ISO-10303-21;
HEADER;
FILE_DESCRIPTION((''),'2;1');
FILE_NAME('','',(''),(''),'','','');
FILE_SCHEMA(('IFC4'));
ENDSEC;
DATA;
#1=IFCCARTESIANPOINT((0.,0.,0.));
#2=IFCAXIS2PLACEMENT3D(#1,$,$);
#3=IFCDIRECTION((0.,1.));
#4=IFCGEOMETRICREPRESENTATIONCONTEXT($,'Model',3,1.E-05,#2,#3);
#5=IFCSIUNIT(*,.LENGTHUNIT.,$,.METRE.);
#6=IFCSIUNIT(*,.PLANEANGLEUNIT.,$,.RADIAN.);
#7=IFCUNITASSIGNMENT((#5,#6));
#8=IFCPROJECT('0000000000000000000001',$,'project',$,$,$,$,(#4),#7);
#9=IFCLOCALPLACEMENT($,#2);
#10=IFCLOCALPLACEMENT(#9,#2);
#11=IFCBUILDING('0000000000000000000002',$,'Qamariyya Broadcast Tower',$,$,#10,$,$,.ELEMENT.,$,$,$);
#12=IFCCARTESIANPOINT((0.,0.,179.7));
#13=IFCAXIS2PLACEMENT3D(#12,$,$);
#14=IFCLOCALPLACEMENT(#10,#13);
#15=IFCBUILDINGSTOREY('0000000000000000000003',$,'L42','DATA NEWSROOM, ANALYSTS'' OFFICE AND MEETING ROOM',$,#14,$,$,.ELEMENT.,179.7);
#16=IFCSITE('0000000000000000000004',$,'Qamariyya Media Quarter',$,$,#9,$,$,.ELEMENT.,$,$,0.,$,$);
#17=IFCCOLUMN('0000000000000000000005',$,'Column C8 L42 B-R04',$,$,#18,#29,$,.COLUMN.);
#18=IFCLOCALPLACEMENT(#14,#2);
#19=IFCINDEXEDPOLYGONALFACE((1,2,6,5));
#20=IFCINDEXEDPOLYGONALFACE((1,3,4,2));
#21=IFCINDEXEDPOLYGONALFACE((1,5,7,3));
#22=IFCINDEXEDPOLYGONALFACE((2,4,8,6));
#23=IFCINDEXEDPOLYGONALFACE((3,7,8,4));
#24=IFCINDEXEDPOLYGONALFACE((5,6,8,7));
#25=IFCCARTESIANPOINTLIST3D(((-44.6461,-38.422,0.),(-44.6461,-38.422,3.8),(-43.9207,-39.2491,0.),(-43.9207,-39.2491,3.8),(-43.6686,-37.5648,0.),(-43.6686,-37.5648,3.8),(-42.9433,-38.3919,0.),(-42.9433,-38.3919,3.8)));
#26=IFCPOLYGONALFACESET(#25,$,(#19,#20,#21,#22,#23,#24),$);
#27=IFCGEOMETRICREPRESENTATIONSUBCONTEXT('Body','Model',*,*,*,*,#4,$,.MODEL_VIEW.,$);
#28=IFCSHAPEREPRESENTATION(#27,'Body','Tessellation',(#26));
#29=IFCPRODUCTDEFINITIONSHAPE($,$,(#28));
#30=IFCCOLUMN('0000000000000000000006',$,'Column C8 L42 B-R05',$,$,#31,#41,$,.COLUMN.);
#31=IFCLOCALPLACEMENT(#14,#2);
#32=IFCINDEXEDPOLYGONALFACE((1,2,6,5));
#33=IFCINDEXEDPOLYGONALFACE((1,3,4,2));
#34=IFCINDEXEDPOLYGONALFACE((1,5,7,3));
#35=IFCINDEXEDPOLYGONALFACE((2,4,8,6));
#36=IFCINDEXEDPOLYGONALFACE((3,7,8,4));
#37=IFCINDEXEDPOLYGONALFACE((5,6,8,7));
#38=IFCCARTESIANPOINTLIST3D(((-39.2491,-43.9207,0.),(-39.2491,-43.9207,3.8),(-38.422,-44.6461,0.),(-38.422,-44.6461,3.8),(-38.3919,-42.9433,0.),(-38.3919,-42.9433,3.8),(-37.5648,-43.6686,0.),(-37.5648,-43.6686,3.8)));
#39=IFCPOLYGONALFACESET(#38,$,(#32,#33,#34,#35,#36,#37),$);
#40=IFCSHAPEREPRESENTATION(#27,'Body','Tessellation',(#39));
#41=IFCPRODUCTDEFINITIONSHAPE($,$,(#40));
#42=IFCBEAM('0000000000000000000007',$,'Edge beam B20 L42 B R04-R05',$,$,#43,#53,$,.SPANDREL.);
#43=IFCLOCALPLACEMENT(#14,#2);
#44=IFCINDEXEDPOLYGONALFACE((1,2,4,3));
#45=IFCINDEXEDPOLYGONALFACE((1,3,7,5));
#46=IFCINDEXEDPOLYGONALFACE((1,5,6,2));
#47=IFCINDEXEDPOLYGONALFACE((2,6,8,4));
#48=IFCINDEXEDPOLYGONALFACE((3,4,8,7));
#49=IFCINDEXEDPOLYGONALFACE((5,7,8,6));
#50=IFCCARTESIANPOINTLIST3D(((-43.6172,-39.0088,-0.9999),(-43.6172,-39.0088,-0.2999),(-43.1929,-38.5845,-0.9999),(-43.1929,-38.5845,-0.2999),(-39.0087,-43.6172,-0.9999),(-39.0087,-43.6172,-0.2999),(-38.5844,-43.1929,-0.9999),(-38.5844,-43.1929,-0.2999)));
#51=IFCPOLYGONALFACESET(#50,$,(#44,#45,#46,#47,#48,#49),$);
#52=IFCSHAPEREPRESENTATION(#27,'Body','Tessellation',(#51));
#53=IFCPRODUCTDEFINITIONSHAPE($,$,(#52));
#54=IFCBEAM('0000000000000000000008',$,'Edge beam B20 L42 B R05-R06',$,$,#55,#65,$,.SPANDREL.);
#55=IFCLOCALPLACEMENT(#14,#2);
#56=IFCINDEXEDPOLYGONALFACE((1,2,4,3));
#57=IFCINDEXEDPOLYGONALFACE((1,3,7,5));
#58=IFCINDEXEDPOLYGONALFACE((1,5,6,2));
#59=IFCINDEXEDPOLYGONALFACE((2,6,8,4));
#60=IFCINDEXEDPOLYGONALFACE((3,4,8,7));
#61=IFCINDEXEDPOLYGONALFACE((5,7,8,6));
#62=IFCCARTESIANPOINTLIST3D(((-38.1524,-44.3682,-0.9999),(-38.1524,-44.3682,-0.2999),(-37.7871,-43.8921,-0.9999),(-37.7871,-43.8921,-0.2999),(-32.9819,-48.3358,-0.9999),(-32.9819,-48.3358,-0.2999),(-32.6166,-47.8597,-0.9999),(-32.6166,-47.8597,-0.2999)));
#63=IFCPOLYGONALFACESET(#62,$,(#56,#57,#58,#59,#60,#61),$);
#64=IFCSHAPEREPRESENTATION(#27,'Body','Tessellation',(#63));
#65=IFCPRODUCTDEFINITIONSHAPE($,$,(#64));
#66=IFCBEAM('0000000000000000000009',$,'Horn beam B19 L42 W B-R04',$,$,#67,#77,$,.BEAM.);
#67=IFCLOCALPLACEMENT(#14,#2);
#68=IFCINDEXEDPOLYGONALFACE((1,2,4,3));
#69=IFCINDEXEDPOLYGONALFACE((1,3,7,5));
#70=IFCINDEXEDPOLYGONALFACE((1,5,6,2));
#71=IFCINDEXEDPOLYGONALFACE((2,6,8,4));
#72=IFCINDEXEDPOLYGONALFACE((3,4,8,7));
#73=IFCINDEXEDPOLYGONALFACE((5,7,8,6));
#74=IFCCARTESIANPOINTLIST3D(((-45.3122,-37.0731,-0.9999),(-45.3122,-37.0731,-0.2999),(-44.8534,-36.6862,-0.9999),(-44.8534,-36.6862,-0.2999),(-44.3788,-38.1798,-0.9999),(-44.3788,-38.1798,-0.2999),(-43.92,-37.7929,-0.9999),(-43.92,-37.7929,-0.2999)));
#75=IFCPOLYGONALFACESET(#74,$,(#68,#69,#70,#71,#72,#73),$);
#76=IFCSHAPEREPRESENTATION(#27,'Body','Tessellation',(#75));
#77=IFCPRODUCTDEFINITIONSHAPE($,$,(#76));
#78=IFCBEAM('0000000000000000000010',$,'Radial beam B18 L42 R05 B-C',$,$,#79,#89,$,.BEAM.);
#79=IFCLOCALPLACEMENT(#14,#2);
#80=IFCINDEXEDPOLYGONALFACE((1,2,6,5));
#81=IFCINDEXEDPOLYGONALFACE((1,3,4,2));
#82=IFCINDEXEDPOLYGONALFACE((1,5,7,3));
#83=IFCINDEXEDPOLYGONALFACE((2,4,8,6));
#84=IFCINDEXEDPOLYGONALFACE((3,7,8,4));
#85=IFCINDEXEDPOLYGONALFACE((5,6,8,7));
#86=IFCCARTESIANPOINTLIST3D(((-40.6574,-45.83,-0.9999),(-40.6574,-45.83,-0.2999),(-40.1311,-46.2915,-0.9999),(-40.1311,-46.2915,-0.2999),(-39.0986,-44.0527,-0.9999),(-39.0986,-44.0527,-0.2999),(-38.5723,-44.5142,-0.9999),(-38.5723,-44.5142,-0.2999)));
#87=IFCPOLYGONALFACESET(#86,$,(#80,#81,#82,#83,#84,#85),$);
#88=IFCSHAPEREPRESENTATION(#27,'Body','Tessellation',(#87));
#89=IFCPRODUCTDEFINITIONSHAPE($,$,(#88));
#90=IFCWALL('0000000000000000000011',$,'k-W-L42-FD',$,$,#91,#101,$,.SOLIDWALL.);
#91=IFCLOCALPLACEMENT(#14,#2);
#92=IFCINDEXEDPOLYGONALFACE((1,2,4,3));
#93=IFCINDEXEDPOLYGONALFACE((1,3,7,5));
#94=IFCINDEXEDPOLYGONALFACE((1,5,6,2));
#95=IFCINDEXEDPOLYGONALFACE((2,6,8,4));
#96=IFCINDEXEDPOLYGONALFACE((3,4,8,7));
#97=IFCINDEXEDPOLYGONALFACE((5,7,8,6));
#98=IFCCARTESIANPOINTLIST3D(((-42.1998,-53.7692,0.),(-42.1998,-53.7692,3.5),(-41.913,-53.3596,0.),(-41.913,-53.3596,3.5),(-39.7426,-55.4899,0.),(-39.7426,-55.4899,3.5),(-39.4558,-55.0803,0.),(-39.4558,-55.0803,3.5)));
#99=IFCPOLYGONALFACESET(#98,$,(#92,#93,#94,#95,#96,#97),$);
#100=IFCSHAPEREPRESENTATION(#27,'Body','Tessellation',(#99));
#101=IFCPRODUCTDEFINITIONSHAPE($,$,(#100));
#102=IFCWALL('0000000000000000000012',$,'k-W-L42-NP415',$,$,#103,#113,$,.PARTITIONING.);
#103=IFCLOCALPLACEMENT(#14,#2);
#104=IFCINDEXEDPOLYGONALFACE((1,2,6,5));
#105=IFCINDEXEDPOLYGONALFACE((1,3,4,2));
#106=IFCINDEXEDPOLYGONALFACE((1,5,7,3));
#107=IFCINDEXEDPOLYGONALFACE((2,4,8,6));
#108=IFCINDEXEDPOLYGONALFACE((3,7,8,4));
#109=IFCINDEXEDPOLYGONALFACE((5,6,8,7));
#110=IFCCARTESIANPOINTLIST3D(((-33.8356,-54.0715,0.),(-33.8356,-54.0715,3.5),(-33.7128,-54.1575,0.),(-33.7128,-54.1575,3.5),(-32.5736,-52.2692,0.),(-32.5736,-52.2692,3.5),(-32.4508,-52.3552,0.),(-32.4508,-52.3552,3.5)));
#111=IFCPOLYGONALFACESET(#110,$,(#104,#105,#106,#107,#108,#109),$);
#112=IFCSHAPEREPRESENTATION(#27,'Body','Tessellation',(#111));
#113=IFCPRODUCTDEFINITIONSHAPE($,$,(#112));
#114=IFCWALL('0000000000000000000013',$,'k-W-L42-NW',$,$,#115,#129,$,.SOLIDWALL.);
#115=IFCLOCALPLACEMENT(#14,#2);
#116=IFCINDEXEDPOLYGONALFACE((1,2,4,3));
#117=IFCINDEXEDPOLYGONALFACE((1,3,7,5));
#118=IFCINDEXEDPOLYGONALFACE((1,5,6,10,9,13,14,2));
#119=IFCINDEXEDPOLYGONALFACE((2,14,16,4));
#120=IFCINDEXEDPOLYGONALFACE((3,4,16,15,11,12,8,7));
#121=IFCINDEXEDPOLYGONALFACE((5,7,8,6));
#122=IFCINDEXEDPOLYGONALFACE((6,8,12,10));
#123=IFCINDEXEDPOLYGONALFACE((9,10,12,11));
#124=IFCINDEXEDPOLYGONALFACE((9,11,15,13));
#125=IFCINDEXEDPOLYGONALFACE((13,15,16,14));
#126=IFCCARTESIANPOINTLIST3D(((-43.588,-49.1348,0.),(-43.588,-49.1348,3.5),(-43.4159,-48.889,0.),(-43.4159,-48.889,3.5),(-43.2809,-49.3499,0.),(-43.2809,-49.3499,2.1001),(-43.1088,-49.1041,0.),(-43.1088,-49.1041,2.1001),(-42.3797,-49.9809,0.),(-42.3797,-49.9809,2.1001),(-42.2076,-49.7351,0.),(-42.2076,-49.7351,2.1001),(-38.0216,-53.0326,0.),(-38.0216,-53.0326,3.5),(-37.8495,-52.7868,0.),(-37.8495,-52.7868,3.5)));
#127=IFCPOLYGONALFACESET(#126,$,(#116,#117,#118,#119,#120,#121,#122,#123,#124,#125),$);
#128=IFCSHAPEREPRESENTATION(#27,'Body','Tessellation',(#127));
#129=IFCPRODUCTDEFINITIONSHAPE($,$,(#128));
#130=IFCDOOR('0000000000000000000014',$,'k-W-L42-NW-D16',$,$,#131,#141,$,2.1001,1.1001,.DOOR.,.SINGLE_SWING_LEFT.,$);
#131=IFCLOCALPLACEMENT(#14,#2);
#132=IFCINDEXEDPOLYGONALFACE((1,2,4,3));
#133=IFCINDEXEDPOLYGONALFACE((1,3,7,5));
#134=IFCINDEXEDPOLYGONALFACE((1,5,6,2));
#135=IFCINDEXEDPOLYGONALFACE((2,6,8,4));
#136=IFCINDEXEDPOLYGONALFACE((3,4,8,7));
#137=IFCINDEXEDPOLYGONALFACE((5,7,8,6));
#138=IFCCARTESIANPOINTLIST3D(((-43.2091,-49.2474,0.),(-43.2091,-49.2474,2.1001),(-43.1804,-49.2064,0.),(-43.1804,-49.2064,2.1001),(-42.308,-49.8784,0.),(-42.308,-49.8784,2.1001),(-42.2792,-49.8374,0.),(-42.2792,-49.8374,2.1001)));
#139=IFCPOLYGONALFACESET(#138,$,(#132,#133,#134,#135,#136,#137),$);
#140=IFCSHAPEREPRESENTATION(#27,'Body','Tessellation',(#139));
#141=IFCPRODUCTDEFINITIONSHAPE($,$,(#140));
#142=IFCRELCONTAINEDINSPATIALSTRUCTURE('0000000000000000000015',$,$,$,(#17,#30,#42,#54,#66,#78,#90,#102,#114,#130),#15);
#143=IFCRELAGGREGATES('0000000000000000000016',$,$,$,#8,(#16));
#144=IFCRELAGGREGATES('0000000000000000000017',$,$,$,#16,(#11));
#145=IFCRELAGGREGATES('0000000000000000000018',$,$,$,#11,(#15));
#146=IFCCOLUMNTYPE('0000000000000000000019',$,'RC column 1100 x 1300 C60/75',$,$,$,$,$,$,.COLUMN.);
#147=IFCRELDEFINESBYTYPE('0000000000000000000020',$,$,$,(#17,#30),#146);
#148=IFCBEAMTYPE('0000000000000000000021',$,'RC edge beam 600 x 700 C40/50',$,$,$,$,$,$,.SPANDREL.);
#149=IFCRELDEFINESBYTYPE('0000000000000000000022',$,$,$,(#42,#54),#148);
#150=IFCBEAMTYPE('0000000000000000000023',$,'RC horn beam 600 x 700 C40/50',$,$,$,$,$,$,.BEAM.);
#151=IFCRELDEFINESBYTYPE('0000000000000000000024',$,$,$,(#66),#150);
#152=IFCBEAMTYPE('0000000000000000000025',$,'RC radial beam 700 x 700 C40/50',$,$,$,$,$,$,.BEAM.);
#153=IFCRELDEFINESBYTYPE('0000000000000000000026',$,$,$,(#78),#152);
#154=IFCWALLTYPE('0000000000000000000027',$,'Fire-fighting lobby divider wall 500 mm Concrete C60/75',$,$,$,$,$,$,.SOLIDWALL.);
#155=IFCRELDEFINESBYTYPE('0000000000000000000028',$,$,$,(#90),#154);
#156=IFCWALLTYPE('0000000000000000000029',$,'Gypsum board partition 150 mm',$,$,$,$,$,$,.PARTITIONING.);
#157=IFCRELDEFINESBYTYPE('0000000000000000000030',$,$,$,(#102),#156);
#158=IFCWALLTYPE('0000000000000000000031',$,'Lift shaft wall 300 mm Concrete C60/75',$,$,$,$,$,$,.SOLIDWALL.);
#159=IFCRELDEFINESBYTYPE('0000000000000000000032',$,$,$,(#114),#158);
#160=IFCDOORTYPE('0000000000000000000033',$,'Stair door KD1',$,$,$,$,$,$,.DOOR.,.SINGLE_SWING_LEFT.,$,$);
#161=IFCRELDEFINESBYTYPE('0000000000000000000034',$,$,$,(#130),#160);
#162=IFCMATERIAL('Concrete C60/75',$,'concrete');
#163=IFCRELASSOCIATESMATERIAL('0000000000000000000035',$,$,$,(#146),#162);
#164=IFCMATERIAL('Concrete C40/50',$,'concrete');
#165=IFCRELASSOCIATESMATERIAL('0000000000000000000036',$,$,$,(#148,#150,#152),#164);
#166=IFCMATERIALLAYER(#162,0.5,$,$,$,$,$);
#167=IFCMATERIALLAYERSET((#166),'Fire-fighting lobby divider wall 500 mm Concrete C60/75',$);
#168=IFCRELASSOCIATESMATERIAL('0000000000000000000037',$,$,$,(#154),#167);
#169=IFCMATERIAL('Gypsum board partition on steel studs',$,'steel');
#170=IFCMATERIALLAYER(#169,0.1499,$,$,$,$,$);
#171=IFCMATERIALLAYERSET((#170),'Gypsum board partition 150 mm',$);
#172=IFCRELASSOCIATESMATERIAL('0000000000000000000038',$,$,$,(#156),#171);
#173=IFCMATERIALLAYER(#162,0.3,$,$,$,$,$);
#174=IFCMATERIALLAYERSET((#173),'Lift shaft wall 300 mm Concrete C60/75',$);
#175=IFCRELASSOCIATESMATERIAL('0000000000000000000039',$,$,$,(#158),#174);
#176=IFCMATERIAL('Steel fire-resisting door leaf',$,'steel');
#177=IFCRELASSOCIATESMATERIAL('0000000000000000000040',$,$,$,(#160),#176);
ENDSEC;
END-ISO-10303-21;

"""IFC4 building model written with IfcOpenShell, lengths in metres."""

from ifc_helpers import new_model, si_unit, direction, frame, frame_2d, origin, origin_2d, place, context, subcontext, project, spatial, rectangle, extrude, material, layer, layer_set, material_profile, profile_set, type_object, element, fill, save


model = new_model("IFC4")

# Units and contexts
model_context = context("Model", 3, precision=1e-05, world=origin(), true_north=direction((0.0, 1.0)))
body_context = subcontext(model_context, "Body", "Model", "MODEL_VIEW")
ifc_project = project(units=[si_unit("LENGTHUNIT", "METRE"), si_unit("PLANEANGLEUNIT", "RADIAN")], contexts=[model_context])

# Site, building, storey
site_placement = place(None, origin())
site = spatial("IfcSite", under=ifc_project, at=site_placement, Name="Qamariyya Media Quarter", CompositionType="ELEMENT", RefElevation=0.0)
building_placement = place(site_placement, origin())
building = spatial("IfcBuilding", under=site, at=building_placement, Name="Qamariyya Broadcast Tower", CompositionType="ELEMENT")
storey_placement = place(building_placement, frame((0.0, 0.0, 179.7)))
storey = spatial("IfcBuildingStorey", under=building, at=storey_placement, Name="L42", Description="DATA NEWSROOM, ANALYSTS' OFFICE AND MEETING ROOM", CompositionType="ELEMENT", Elevation=179.7)

# Columns
ifc_material_1 = material(Name="Concrete C60/75", Category="concrete")
ifc_material_profile_1 = material_profile(ifc_material_1, rectangle(XDim=1.1001, YDim=1.3, at=origin_2d()))
ifc_profile_set_1 = profile_set([ifc_material_profile_1], Name="Concrete C60/75")
column_type = type_object("IfcColumnType", Name="RC column 1100 x 1300 C60/75", PredefinedType="COLUMN", material=ifc_profile_set_1)
for number, where, z_axis, x_axis, name in (
    (1, (-43.7947, -38.407, 0.0), (0.0, 0.0, 1.0), (0.659346, -0.75184, 0.0), "Column C8 L42 B-R04"),
    (2, (-38.407, -43.7947, 0.0), (0.0, 0.0, 1.0), (0.75184, -0.659346, 0.0), "Column C8 L42 B-R05"),
):
    element("IfcColumn", number, at=place(storey_placement, frame(where, z_axis=z_axis, x_axis=x_axis)), inside=storey, type_object=column_type, Name=name, PredefinedType="COLUMN", context=body_context, shape_type="SweptSolid", body=[
        extrude(rectangle(XDim=1.1001, YDim=1.3, at=origin_2d()), origin(), (0.0, 0.0, 1.0), 3.8),
    ])

# Beams
ifc_material_2 = material(Name="Concrete C40/50", Category="concrete")
ifc_material_profile_2 = material_profile(ifc_material_2, rectangle(XDim=0.6001, YDim=0.7, at=origin_2d()))
ifc_profile_set_2 = profile_set([ifc_material_profile_2], Name="Concrete C40/50")
beam_type_1 = type_object("IfcBeamType", Name="RC edge beam 600 x 700 C40/50", PredefinedType="SPANDREL", material=ifc_profile_set_2)
for number, where, z_axis, x_axis, name in (
    (3, (-43.405, -38.7966, -0.6499), (0.707107, -0.707107, 0.0), (0.707107, 0.707107, 0.0), "Edge beam B20 L42 B R04-R05"),
    (4, (-37.9697, -44.1301, -0.6499), (0.793343, -0.608774, 0.0), (0.608774, 0.793343, 0.0), "Edge beam B20 L42 B R05-R06"),
):
    element("IfcBeam", number, at=place(storey_placement, frame(where, z_axis=z_axis, x_axis=x_axis)), inside=storey, type_object=beam_type_1, Name=name, PredefinedType="SPANDREL", context=body_context, shape_type="SweptSolid", body=[
        extrude(rectangle(XDim=0.6001, YDim=0.7, at=origin_2d()), origin(), (0.0, 0.0, 1.0), 6.5173),
    ])
ifc_material_profile_3 = material_profile(ifc_material_2, rectangle(XDim=0.6001, YDim=0.7, at=origin_2d()))
ifc_profile_set_3 = profile_set([ifc_material_profile_3], Name="Concrete C40/50")
beam_type_2 = type_object("IfcBeamType", Name="RC horn beam 600 x 700 C40/50", PredefinedType="BEAM", material=ifc_profile_set_3)
beam_1_placement = place(storey_placement, frame((-44.1494, -37.9863, -0.6499), z_axis=(-0.644702, 0.764434, 0.0), x_axis=(-0.764434, -0.644702, 0.0)))
element("IfcBeam", 5, at=beam_1_placement, inside=storey, type_object=beam_type_2, Name="Horn beam B19 L42 W B-R04", PredefinedType="BEAM", context=body_context, shape_type="SweptSolid", body=[
    extrude(rectangle(XDim=0.6001, YDim=0.7, at=origin_2d()), origin(), (0.0, 0.0, 1.0), 1.4478),
])
ifc_material_profile_4 = material_profile(ifc_material_2, rectangle(XDim=0.7, YDim=0.7, at=origin_2d()))
ifc_profile_set_4 = profile_set([ifc_material_profile_4], Name="Concrete C40/50")
beam_type_3 = type_object("IfcBeamType", Name="RC radial beam 700 x 700 C40/50", PredefinedType="BEAM", material=ifc_profile_set_4)
beam_2_placement = place(storey_placement, frame((-38.8354, -44.2834, -0.6499), z_axis=(-0.659382, -0.751809, 0.0), x_axis=(0.751809, -0.659382, 0.0)))
element("IfcBeam", 6, at=beam_2_placement, inside=storey, type_object=beam_type_3, Name="Radial beam B18 L42 R05 B-C", PredefinedType="BEAM", context=body_context, shape_type="SweptSolid", body=[
    extrude(rectangle(XDim=0.7, YDim=0.7, at=origin_2d()), origin(), (0.0, 0.0, 1.0), 2.364),
])

# Walls
ifc_layer_1 = layer(ifc_material_1, 0.5)
ifc_layer_set_1 = layer_set([ifc_layer_1], Name="Fire-fighting lobby divider wall 500 mm Concrete C60/75")
wall_type_1 = type_object("IfcWallType", Name="Fire-fighting lobby divider wall 500 mm Concrete C60/75", PredefinedType="SOLIDWALL", material=ifc_layer_set_1)
wall_1_placement = place(storey_placement, frame((-39.5991, -55.2852, 0.0), z_axis=(0.0, 0.0, 1.0), x_axis=(-0.819136, 0.573599, 0.0)))
element("IfcWall", 7, at=wall_1_placement, inside=storey, type_object=wall_type_1, Name="k-W-L42-FD", PredefinedType="SOLIDWALL", context=body_context, shape_type="SweptSolid", body=[
    extrude(rectangle(XDim=2.9998, YDim=0.5, at=frame_2d((1.5, 0.0))), origin(), (0.0, 0.0, 1.0), 3.5),
])
ifc_material_3 = material(Name="Gypsum board partition on steel studs", Category="steel")
ifc_layer_2 = layer(ifc_material_3, 0.1499)
ifc_layer_set_2 = layer_set([ifc_layer_2], Name="Gypsum board partition 150 mm")
wall_type_2 = type_object("IfcWallType", Name="Gypsum board partition 150 mm", PredefinedType="PARTITIONING", material=ifc_layer_set_2)
wall_2_placement = place(storey_placement, frame((-33.7742, -54.1145, 0.0), z_axis=(0.0, 0.0, 1.0), x_axis=(0.573581, 0.819149, 0.0)))
element("IfcWall", 8, at=wall_2_placement, inside=storey, type_object=wall_type_2, Name="k-W-L42-NP415", PredefinedType="PARTITIONING", context=body_context, shape_type="SweptSolid", body=[
    extrude(rectangle(XDim=2.2002, YDim=0.1499, at=frame_2d((1.1001, 0.0))), origin(), (0.0, 0.0, 1.0), 3.5),
])

# Wall, opening, door
ifc_layer_3 = layer(ifc_material_1, 0.3)
ifc_layer_set_3 = layer_set([ifc_layer_3], Name="Lift shaft wall 300 mm Concrete C60/75")
wall_type_3 = type_object("IfcWallType", Name="Lift shaft wall 300 mm Concrete C60/75", PredefinedType="SOLIDWALL", material=ifc_layer_set_3)
wall_3_placement = place(storey_placement, frame((-37.9355, -52.9097, 0.0), z_axis=(0.0, 0.0, 1.0), x_axis=(-0.819148, 0.573583, 0.0)))
wall_3 = element("IfcWall", 9, at=wall_3_placement, inside=storey, type_object=wall_type_3, Name="k-W-L42-NW", PredefinedType="SOLIDWALL", context=body_context, shape_type="SweptSolid", body=[
    extrude(rectangle(XDim=6.7954, YDim=0.3, at=frame_2d((3.3977, 0.0))), origin(), (0.0, 0.0, 1.0), 3.5),
])
opening_1_placement = place(wall_3_placement, frame((5.3203, 0.0, 0.0)))
opening_1 = element("IfcOpeningElement", 10, at=opening_1_placement, cuts=wall_3, PredefinedType="OPENING", context=body_context, shape_type="SweptSolid", body=[
    extrude(rectangle(XDim=1.1001, YDim=2.1001, at=frame_2d((0.55, 1.05))), frame((0.0, 0.1599, 0.0), z_axis=(0.0, -1.0, 0.0), x_axis=(1.0, 0.0, 0.0)), (0.0, 0.0, 1.0), 0.3201),
])
ifc_material_4 = material(Name="Steel fire-resisting door leaf", Category="steel")
door_type_1 = type_object("IfcDoorType", Name="Stair door KD1", OperationType="SINGLE_SWING_LEFT", PredefinedType="DOOR", material=ifc_material_4)
door_1_placement = place(opening_1_placement, origin())
door_1 = element("IfcDoor", 11, at=door_1_placement, inside=storey, type_object=door_type_1, Name="k-W-L42-NW-D16", OperationType="SINGLE_SWING_LEFT", OverallHeight=2.1001, OverallWidth=1.1001, PredefinedType="DOOR", context=body_context, shape_type="SweptSolid", body=[
    extrude(rectangle(XDim=1.1001, YDim=2.1001, at=frame_2d((0.55, 1.05))), frame((0.0, 0.0249, 0.0), z_axis=(0.0, -1.0, 0.0), x_axis=(1.0, 0.0, 0.0)), (0.0, 0.0, 1.0), 0.05),
])
fill(opening_1, door_1)

save(model, "model.ifc")
